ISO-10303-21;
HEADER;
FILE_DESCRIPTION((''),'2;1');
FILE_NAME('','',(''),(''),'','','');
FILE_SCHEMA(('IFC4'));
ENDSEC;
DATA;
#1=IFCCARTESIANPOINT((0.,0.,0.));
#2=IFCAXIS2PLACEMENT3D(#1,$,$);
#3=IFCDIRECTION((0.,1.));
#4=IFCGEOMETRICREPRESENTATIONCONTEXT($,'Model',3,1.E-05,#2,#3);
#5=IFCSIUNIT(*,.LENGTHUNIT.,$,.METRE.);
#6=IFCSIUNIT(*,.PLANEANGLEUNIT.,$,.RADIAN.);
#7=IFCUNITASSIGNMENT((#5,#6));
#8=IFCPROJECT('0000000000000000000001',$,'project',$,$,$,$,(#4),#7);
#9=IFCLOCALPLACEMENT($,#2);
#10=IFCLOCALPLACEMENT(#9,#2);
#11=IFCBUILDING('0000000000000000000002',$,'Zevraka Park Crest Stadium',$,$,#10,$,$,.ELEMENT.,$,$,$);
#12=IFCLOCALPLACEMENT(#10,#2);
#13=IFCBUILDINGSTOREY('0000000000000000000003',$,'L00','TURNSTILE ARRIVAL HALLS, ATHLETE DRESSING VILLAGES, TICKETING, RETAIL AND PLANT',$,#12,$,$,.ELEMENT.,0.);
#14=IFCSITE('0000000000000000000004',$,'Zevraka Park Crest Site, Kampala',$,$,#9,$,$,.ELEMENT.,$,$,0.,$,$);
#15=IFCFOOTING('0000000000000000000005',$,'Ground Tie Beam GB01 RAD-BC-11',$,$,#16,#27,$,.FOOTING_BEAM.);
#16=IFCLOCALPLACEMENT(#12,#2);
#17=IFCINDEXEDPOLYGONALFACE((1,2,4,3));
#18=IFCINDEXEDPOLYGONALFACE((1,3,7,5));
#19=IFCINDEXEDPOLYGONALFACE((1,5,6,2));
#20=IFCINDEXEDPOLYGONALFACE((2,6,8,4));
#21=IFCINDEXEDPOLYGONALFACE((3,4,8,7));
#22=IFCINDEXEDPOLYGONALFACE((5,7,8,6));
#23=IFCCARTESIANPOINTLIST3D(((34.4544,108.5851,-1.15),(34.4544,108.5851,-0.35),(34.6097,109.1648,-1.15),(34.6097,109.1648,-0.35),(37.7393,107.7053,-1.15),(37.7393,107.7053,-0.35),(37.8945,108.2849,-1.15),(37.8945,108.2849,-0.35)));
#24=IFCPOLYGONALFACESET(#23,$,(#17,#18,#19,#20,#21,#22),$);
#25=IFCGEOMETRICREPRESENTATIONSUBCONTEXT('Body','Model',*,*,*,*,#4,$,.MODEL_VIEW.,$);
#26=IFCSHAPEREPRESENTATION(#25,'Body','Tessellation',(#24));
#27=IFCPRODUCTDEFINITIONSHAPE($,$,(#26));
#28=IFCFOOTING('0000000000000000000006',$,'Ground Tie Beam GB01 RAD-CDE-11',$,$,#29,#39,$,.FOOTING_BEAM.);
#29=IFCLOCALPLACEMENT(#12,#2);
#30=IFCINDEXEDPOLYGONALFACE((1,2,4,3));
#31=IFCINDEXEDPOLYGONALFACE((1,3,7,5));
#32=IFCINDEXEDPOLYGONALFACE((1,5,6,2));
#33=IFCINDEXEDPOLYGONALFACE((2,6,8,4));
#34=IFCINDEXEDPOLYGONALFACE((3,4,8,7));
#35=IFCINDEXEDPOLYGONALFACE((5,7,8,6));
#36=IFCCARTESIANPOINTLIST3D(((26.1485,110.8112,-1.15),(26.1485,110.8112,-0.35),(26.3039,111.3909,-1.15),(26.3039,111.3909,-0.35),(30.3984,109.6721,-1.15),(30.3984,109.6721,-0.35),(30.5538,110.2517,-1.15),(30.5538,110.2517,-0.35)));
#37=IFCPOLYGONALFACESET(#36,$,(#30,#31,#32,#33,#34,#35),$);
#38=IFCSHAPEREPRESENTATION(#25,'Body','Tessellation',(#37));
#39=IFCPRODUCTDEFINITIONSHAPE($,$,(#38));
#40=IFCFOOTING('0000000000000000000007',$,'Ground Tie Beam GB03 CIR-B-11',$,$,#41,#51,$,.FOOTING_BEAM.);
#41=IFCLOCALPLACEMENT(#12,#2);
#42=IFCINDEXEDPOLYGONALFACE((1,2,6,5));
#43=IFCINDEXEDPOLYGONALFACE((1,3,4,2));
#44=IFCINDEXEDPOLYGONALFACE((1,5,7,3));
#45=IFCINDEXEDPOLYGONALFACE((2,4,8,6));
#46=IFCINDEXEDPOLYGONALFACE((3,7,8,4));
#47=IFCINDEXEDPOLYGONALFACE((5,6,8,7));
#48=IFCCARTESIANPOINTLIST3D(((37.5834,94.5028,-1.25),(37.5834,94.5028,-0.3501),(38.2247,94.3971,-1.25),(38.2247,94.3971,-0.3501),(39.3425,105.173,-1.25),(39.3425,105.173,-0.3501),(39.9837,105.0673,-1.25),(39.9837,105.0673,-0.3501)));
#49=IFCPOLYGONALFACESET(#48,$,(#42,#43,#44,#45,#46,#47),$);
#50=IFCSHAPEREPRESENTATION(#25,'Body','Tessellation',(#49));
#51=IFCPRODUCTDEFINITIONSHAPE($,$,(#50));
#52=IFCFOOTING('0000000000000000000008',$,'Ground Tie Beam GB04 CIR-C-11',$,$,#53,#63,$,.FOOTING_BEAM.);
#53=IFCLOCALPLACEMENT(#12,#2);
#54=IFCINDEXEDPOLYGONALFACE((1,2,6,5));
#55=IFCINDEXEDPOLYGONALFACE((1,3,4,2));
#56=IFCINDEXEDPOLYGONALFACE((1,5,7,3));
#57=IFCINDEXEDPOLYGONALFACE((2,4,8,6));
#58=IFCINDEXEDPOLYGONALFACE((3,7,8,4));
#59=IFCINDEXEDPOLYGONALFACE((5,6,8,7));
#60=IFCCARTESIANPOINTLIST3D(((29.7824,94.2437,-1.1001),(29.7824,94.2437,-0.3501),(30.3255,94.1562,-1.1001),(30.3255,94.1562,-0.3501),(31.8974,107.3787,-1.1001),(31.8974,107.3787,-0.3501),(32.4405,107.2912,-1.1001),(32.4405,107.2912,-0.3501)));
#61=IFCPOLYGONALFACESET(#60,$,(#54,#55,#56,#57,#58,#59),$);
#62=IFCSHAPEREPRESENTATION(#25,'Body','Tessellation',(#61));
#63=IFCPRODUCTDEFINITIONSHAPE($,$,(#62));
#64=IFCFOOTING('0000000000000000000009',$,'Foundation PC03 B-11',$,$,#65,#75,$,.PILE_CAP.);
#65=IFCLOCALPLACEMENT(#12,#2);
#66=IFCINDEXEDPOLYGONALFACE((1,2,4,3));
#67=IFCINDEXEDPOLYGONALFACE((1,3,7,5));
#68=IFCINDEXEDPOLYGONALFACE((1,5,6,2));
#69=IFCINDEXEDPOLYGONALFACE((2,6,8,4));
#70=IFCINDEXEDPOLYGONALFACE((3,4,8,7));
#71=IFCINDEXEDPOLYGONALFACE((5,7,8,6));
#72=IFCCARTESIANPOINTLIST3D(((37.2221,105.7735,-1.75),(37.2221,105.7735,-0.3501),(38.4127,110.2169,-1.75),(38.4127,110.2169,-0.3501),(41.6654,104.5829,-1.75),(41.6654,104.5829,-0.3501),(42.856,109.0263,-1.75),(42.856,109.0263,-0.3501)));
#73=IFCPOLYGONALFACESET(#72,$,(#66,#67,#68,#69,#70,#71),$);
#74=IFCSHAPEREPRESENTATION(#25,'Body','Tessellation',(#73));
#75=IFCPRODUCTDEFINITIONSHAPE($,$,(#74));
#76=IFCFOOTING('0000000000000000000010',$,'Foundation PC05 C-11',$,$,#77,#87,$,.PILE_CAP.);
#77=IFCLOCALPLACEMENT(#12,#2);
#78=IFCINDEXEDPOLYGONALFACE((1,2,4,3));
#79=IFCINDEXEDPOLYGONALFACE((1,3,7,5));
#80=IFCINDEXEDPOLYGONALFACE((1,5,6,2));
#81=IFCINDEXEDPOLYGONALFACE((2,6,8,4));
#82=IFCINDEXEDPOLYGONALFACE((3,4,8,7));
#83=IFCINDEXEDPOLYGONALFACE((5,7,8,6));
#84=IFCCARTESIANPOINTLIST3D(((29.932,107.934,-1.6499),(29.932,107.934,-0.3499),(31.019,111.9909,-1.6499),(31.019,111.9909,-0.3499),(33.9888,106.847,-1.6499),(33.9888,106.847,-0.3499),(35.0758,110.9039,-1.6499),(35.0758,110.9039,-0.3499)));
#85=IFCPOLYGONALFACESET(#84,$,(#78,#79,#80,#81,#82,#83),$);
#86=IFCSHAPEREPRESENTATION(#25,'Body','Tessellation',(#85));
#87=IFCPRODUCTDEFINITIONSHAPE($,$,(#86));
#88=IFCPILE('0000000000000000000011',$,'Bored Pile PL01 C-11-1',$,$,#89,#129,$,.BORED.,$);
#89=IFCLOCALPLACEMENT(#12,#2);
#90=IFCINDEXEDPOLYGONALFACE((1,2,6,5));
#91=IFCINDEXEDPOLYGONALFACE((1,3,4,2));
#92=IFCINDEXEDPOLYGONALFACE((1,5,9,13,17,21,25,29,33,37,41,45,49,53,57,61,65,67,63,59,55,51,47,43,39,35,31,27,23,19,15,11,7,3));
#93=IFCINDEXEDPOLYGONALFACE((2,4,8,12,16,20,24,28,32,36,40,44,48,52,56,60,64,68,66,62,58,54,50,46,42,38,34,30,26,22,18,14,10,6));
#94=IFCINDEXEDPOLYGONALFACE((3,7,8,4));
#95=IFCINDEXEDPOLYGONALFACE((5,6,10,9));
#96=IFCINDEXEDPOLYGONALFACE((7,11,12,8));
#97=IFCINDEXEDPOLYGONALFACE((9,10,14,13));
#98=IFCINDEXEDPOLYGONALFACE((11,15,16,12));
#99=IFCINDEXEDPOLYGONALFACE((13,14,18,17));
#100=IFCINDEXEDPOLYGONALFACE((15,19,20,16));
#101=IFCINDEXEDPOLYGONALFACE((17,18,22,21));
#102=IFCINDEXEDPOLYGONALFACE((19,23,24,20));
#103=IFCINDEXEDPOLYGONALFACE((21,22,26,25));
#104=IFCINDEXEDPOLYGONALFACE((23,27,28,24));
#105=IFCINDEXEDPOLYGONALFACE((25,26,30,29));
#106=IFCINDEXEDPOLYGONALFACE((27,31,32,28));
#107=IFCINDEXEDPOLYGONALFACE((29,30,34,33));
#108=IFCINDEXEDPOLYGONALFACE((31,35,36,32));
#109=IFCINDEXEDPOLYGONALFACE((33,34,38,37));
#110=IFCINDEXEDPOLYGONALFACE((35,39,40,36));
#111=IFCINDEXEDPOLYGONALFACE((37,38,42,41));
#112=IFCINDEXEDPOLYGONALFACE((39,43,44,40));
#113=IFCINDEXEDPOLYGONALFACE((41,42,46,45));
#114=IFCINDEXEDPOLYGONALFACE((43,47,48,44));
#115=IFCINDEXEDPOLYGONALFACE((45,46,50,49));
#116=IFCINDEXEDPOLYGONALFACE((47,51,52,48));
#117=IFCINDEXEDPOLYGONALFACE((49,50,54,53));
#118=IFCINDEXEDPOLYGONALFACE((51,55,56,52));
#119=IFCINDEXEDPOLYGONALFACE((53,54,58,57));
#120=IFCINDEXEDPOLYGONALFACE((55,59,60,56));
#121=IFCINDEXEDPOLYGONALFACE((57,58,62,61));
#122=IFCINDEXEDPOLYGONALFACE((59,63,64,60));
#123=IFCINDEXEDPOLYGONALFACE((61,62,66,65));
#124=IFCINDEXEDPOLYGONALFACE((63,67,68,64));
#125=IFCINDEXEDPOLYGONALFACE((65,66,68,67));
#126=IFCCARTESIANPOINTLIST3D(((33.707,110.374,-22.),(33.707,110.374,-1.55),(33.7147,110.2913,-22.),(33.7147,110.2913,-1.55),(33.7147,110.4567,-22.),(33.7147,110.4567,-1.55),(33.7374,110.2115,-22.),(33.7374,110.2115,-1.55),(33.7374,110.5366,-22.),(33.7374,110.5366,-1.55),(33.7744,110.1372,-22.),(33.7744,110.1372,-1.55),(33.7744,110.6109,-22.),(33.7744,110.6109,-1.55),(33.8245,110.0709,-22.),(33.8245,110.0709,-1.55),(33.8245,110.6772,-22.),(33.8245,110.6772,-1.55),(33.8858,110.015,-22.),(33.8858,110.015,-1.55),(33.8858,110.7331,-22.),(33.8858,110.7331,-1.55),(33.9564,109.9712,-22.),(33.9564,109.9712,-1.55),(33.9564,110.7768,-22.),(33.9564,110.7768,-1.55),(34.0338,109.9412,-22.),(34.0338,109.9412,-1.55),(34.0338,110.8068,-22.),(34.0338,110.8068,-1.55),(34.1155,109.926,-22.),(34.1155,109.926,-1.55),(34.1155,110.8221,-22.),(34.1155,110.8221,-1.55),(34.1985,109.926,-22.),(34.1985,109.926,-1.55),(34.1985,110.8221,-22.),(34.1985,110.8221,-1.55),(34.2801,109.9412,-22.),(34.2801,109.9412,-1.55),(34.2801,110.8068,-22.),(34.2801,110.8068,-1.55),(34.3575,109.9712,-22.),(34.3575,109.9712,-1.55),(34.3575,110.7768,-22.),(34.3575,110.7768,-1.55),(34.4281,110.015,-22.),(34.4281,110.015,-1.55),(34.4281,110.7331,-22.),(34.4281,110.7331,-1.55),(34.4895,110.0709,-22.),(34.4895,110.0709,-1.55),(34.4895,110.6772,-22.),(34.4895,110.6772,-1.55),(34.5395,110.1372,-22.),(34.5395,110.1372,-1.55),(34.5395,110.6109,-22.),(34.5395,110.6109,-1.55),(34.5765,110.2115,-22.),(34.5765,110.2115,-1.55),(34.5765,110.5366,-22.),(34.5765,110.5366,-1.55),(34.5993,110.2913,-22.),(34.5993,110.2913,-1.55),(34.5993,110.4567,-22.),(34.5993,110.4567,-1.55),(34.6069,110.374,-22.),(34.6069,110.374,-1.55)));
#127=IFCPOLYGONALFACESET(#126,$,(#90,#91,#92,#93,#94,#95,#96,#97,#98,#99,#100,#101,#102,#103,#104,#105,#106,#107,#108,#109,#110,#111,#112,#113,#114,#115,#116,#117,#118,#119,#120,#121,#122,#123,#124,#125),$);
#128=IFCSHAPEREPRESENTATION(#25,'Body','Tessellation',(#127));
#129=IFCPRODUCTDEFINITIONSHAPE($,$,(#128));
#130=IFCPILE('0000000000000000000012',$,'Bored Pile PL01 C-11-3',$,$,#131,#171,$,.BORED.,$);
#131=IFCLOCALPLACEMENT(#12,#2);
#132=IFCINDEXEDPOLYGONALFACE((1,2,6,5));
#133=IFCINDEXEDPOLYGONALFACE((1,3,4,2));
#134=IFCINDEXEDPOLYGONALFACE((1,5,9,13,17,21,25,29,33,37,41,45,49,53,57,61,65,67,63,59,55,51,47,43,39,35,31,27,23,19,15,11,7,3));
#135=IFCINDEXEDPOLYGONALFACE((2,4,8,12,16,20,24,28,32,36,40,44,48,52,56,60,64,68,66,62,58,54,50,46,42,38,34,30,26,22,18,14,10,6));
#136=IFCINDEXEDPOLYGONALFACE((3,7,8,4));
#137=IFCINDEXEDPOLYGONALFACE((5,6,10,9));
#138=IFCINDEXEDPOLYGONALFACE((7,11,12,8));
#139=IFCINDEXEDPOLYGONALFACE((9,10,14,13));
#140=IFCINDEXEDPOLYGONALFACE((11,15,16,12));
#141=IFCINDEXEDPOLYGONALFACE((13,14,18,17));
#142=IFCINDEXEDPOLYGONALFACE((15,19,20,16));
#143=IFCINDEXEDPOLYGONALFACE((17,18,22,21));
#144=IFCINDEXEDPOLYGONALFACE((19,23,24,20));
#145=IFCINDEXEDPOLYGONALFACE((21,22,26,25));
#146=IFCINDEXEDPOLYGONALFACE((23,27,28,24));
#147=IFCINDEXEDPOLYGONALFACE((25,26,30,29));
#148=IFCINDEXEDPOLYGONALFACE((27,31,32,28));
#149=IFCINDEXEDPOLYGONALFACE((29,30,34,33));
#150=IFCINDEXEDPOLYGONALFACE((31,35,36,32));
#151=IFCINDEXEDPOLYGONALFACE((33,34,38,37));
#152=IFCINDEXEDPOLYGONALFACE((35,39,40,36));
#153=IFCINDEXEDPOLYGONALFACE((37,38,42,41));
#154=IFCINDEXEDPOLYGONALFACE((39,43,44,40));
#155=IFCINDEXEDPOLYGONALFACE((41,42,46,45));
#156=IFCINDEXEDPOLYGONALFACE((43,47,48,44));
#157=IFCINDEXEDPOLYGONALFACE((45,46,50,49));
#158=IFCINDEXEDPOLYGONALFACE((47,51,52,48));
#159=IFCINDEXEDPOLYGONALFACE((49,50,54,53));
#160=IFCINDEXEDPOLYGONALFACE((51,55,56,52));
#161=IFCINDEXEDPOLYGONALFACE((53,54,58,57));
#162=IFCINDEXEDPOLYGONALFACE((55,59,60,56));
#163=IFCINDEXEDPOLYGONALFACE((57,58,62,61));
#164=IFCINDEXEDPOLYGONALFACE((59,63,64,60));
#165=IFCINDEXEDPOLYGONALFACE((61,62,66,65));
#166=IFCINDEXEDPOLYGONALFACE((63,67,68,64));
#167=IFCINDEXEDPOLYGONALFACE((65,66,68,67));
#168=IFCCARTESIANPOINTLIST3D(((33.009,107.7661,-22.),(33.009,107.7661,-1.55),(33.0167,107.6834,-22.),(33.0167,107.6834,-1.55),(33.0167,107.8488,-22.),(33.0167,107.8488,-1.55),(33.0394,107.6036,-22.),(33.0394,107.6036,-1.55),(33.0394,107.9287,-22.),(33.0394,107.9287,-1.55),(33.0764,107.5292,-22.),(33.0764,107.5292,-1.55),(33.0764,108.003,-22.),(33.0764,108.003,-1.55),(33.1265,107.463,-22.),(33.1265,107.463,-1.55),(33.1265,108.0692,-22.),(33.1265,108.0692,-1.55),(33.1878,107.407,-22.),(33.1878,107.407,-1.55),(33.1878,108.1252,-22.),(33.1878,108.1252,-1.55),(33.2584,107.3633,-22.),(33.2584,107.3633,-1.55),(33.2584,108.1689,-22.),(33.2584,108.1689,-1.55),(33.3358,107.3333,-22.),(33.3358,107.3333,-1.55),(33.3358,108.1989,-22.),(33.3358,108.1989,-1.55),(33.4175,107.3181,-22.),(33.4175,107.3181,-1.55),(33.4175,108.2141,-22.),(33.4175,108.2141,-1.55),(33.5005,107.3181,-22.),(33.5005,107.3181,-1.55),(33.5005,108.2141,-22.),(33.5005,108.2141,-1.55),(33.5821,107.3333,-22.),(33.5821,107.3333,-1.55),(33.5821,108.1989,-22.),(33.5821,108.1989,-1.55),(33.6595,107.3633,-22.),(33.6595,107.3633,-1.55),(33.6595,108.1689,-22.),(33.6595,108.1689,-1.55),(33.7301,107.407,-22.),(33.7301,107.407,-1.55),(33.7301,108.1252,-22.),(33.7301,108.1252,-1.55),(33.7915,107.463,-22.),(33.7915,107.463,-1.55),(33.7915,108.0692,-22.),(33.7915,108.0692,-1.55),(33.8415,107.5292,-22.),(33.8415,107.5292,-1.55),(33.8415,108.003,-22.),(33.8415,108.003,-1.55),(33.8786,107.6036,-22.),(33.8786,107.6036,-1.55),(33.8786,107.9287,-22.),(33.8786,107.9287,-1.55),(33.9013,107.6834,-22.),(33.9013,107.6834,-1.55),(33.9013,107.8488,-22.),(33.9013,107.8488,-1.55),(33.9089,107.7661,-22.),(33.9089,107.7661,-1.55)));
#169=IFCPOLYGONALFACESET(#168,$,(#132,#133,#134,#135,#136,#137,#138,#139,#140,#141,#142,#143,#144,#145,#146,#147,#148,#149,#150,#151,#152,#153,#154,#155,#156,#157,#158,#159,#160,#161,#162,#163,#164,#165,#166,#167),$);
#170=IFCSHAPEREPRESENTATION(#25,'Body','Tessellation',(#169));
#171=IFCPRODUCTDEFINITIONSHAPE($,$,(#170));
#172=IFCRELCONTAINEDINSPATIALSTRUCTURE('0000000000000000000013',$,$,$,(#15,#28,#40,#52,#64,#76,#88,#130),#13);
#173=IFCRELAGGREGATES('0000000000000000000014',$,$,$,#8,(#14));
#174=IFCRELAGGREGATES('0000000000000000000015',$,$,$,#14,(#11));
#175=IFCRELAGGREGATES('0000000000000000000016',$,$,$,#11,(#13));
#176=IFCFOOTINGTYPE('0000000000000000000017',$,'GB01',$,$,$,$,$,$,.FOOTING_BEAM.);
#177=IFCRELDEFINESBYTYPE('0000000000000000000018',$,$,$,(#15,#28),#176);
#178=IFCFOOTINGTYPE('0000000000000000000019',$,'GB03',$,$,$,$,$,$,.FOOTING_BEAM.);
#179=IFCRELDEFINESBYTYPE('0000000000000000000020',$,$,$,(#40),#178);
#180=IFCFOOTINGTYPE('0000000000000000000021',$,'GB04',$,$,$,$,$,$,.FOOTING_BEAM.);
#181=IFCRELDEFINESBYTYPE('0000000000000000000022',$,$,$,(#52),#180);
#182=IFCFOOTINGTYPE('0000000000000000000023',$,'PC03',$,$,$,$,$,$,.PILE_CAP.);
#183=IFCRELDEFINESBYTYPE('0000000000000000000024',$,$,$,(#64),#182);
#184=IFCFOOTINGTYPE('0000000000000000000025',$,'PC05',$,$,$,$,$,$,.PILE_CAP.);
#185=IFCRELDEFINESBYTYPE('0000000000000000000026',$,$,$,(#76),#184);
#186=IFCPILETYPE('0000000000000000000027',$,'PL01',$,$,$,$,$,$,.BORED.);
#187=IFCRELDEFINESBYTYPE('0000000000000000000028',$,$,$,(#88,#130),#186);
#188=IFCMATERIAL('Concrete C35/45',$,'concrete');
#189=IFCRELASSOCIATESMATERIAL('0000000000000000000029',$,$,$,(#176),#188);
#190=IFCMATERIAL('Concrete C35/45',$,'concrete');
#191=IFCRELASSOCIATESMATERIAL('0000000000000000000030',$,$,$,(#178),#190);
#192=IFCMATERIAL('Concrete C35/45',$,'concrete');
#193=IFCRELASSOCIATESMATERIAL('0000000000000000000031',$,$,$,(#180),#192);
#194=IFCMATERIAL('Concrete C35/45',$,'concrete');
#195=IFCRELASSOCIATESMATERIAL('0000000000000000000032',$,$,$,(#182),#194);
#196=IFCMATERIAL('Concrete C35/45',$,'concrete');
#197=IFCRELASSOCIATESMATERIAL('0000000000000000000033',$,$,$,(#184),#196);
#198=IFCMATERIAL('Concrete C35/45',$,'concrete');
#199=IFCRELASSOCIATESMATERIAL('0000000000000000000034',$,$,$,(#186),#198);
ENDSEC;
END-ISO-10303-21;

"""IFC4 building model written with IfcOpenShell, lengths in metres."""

from ifc_helpers import new_model, si_unit, direction, frame, origin, origin_2d, place, context, subcontext, project, spatial, rectangle, circle, extrude, material, material_profile, profile_set, type_object, element, save


model = new_model("IFC4")

# Units and contexts
model_context = context("Model", 3, precision=1e-05, world=origin(), true_north=direction((0.0, 1.0)))
body_context = subcontext(model_context, "Body", "Model", "MODEL_VIEW")
ifc_project = project(units=[si_unit("LENGTHUNIT", "METRE"), si_unit("PLANEANGLEUNIT", "RADIAN")], contexts=[model_context])

# Site, building, storey
site_placement = place(None, origin())
site = spatial("IfcSite", under=ifc_project, at=site_placement, Name="Zevraka Park Crest Site, Kampala", CompositionType="ELEMENT", RefElevation=0.0)
building_placement = place(site_placement, origin())
building = spatial("IfcBuilding", under=site, at=building_placement, Name="Zevraka Park Crest Stadium", CompositionType="ELEMENT")
storey_placement = place(building_placement, origin())
storey = spatial("IfcBuildingStorey", under=building, at=storey_placement, Name="L00", Description="TURNSTILE ARRIVAL HALLS, ATHLETE DRESSING VILLAGES, TICKETING, RETAIL AND PLANT", CompositionType="ELEMENT", Elevation=0.0)

# Footings
ifc_material_1 = material(Name="Concrete C35/45", Category="concrete")
ifc_material_profile_1 = material_profile(ifc_material_1, rectangle(XDim=0.6001, YDim=0.8, at=origin_2d()), Name="GB 800x600")
ifc_profile_set_1 = profile_set([ifc_material_profile_1], Name="Concrete C35/45")
footing_type_1 = type_object("IfcFootingType", Name="GB01", PredefinedType="FOOTING_BEAM", material=ifc_profile_set_1)
footing_1_placement = place(storey_placement, frame((37.8169, 107.9951, -0.75), z_axis=(-0.965948, 0.258735, 0.0), x_axis=(-0.258735, -0.965948, 0.0)))
element("IfcFooting", 1, at=footing_1_placement, inside=storey, type_object=footing_type_1, Name="Ground Tie Beam GB01 RAD-BC-11", PredefinedType="FOOTING_BEAM", context=body_context, shape_type="SweptSolid", body=[
    extrude(rectangle(XDim=0.6001, YDim=0.8, at=origin_2d()), origin(), (0.0, 0.0, 1.0), 3.4006),
])
footing_2_placement = place(storey_placement, frame((30.4761, 109.9619, -0.75), z_axis=(-0.965904, 0.258899, 0.0), x_axis=(-0.258899, -0.965904, 0.0)))
element("IfcFooting", 2, at=footing_2_placement, inside=storey, type_object=footing_type_1, Name="Ground Tie Beam GB01 RAD-CDE-11", PredefinedType="FOOTING_BEAM", context=body_context, shape_type="SweptSolid", body=[
    extrude(rectangle(XDim=0.6001, YDim=0.8, at=origin_2d()), origin(), (0.0, 0.0, 1.0), 4.3999),
])
ifc_material_2 = material(Name="Concrete C35/45", Category="concrete")
ifc_material_profile_2 = material_profile(ifc_material_2, rectangle(XDim=0.6499, YDim=0.8999, at=origin_2d()), Name="GB 900x650")
ifc_profile_set_2 = profile_set([ifc_material_profile_2], Name="Concrete C35/45")
footing_type_2 = type_object("IfcFootingType", Name="GB03", PredefinedType="FOOTING_BEAM", material=ifc_profile_set_2)
footing_3_placement = place(storey_placement, frame((39.6631, 105.1201, -0.8), z_axis=(-0.16266, -0.986682, 0.0), x_axis=(0.986682, -0.16266, 0.0)))
element("IfcFooting", 3, at=footing_3_placement, inside=storey, type_object=footing_type_2, Name="Ground Tie Beam GB03 CIR-B-11", PredefinedType="FOOTING_BEAM", context=body_context, shape_type="SweptSolid", body=[
    extrude(rectangle(XDim=0.6499, YDim=0.8999, at=origin_2d()), origin(), (0.0, 0.0, 1.0), 10.8142),
])
ifc_material_3 = material(Name="Concrete C35/45", Category="concrete")
ifc_material_profile_3 = material_profile(ifc_material_3, rectangle(XDim=0.55, YDim=0.75, at=origin_2d()), Name="GB 750x550")
ifc_profile_set_3 = profile_set([ifc_material_profile_3], Name="Concrete C35/45")
footing_type_3 = type_object("IfcFootingType", Name="GB04", PredefinedType="FOOTING_BEAM", material=ifc_profile_set_3)
footing_4_placement = place(storey_placement, frame((32.1689, 107.335, -0.7251), z_axis=(-0.158972, -0.987283, 0.0), x_axis=(0.987283, -0.158972, 0.0)))
element("IfcFooting", 4, at=footing_4_placement, inside=storey, type_object=footing_type_3, Name="Ground Tie Beam GB04 CIR-C-11", PredefinedType="FOOTING_BEAM", context=body_context, shape_type="SweptSolid", body=[
    extrude(rectangle(XDim=0.55, YDim=0.75, at=origin_2d()), origin(), (0.0, 0.0, 1.0), 13.3042),
])
ifc_material_4 = material(Name="Concrete C35/45", Category="concrete")
footing_type_4 = type_object("IfcFootingType", Name="PC03", PredefinedType="PILE_CAP", material=ifc_material_4)
footing_5_placement = place(storey_placement, frame((40.0391, 107.3999, -1.75), z_axis=(0.0, 0.0, 1.0), x_axis=(-0.965926, 0.258819, 0.0)))
element("IfcFooting", 5, at=footing_5_placement, inside=storey, type_object=footing_type_4, Name="Foundation PC03 B-11", PredefinedType="PILE_CAP", context=body_context, shape_type="SweptSolid", body=[
    extrude(rectangle(XDim=4.6001, YDim=4.6001, at=origin_2d()), origin(), (0.0, 0.0, 1.0), 1.3999),
])
ifc_material_5 = material(Name="Concrete C35/45", Category="concrete")
footing_type_5 = type_object("IfcFootingType", Name="PC05", PredefinedType="PILE_CAP", material=ifc_material_5)
footing_6_placement = place(storey_placement, frame((32.5039, 109.4189, -1.6499), z_axis=(0.0, 0.0, 1.0), x_axis=(-0.965926, 0.258819, 0.0)))
element("IfcFooting", 6, at=footing_6_placement, inside=storey, type_object=footing_type_5, Name="Foundation PC05 C-11", PredefinedType="PILE_CAP", context=body_context, shape_type="SweptSolid", body=[
    extrude(rectangle(XDim=4.2, YDim=4.2, at=origin_2d()), origin(), (0.0, 0.0, 1.0), 1.3),
])

# Piles
ifc_material_6 = material(Name="Concrete C35/45", Category="concrete")
ifc_material_profile_4 = material_profile(ifc_material_6, circle(Radius=0.45, at=origin_2d()), Name="PILE D900")
ifc_profile_set_4 = profile_set([ifc_material_profile_4], Name="Concrete C35/45")
pile_type_1 = type_object("IfcPileType", Name="PL01", PredefinedType="BORED", material=ifc_profile_set_4)
for number, where, z_axis, x_axis, name in (
    (7, (34.157, 110.374, -1.55), (0.0, 0.0, -1.0), (1.0, 0.0, 0.0), "Bored Pile PL01 C-11-1"),
    (8, (33.459, 107.7661, -1.55), (0.0, 0.0, -1.0), (1.0, 0.0, 0.0), "Bored Pile PL01 C-11-3"),
):
    element("IfcPile", number, at=place(storey_placement, frame(where, z_axis=z_axis, x_axis=x_axis)), inside=storey, type_object=pile_type_1, Name=name, PredefinedType="BORED", context=body_context, shape_type="SweptSolid", body=[
        extrude(circle(Radius=0.45, at=origin_2d()), origin(), (0.0, 0.0, 1.0), 20.45),
    ])

save(model, "model.ifc")
